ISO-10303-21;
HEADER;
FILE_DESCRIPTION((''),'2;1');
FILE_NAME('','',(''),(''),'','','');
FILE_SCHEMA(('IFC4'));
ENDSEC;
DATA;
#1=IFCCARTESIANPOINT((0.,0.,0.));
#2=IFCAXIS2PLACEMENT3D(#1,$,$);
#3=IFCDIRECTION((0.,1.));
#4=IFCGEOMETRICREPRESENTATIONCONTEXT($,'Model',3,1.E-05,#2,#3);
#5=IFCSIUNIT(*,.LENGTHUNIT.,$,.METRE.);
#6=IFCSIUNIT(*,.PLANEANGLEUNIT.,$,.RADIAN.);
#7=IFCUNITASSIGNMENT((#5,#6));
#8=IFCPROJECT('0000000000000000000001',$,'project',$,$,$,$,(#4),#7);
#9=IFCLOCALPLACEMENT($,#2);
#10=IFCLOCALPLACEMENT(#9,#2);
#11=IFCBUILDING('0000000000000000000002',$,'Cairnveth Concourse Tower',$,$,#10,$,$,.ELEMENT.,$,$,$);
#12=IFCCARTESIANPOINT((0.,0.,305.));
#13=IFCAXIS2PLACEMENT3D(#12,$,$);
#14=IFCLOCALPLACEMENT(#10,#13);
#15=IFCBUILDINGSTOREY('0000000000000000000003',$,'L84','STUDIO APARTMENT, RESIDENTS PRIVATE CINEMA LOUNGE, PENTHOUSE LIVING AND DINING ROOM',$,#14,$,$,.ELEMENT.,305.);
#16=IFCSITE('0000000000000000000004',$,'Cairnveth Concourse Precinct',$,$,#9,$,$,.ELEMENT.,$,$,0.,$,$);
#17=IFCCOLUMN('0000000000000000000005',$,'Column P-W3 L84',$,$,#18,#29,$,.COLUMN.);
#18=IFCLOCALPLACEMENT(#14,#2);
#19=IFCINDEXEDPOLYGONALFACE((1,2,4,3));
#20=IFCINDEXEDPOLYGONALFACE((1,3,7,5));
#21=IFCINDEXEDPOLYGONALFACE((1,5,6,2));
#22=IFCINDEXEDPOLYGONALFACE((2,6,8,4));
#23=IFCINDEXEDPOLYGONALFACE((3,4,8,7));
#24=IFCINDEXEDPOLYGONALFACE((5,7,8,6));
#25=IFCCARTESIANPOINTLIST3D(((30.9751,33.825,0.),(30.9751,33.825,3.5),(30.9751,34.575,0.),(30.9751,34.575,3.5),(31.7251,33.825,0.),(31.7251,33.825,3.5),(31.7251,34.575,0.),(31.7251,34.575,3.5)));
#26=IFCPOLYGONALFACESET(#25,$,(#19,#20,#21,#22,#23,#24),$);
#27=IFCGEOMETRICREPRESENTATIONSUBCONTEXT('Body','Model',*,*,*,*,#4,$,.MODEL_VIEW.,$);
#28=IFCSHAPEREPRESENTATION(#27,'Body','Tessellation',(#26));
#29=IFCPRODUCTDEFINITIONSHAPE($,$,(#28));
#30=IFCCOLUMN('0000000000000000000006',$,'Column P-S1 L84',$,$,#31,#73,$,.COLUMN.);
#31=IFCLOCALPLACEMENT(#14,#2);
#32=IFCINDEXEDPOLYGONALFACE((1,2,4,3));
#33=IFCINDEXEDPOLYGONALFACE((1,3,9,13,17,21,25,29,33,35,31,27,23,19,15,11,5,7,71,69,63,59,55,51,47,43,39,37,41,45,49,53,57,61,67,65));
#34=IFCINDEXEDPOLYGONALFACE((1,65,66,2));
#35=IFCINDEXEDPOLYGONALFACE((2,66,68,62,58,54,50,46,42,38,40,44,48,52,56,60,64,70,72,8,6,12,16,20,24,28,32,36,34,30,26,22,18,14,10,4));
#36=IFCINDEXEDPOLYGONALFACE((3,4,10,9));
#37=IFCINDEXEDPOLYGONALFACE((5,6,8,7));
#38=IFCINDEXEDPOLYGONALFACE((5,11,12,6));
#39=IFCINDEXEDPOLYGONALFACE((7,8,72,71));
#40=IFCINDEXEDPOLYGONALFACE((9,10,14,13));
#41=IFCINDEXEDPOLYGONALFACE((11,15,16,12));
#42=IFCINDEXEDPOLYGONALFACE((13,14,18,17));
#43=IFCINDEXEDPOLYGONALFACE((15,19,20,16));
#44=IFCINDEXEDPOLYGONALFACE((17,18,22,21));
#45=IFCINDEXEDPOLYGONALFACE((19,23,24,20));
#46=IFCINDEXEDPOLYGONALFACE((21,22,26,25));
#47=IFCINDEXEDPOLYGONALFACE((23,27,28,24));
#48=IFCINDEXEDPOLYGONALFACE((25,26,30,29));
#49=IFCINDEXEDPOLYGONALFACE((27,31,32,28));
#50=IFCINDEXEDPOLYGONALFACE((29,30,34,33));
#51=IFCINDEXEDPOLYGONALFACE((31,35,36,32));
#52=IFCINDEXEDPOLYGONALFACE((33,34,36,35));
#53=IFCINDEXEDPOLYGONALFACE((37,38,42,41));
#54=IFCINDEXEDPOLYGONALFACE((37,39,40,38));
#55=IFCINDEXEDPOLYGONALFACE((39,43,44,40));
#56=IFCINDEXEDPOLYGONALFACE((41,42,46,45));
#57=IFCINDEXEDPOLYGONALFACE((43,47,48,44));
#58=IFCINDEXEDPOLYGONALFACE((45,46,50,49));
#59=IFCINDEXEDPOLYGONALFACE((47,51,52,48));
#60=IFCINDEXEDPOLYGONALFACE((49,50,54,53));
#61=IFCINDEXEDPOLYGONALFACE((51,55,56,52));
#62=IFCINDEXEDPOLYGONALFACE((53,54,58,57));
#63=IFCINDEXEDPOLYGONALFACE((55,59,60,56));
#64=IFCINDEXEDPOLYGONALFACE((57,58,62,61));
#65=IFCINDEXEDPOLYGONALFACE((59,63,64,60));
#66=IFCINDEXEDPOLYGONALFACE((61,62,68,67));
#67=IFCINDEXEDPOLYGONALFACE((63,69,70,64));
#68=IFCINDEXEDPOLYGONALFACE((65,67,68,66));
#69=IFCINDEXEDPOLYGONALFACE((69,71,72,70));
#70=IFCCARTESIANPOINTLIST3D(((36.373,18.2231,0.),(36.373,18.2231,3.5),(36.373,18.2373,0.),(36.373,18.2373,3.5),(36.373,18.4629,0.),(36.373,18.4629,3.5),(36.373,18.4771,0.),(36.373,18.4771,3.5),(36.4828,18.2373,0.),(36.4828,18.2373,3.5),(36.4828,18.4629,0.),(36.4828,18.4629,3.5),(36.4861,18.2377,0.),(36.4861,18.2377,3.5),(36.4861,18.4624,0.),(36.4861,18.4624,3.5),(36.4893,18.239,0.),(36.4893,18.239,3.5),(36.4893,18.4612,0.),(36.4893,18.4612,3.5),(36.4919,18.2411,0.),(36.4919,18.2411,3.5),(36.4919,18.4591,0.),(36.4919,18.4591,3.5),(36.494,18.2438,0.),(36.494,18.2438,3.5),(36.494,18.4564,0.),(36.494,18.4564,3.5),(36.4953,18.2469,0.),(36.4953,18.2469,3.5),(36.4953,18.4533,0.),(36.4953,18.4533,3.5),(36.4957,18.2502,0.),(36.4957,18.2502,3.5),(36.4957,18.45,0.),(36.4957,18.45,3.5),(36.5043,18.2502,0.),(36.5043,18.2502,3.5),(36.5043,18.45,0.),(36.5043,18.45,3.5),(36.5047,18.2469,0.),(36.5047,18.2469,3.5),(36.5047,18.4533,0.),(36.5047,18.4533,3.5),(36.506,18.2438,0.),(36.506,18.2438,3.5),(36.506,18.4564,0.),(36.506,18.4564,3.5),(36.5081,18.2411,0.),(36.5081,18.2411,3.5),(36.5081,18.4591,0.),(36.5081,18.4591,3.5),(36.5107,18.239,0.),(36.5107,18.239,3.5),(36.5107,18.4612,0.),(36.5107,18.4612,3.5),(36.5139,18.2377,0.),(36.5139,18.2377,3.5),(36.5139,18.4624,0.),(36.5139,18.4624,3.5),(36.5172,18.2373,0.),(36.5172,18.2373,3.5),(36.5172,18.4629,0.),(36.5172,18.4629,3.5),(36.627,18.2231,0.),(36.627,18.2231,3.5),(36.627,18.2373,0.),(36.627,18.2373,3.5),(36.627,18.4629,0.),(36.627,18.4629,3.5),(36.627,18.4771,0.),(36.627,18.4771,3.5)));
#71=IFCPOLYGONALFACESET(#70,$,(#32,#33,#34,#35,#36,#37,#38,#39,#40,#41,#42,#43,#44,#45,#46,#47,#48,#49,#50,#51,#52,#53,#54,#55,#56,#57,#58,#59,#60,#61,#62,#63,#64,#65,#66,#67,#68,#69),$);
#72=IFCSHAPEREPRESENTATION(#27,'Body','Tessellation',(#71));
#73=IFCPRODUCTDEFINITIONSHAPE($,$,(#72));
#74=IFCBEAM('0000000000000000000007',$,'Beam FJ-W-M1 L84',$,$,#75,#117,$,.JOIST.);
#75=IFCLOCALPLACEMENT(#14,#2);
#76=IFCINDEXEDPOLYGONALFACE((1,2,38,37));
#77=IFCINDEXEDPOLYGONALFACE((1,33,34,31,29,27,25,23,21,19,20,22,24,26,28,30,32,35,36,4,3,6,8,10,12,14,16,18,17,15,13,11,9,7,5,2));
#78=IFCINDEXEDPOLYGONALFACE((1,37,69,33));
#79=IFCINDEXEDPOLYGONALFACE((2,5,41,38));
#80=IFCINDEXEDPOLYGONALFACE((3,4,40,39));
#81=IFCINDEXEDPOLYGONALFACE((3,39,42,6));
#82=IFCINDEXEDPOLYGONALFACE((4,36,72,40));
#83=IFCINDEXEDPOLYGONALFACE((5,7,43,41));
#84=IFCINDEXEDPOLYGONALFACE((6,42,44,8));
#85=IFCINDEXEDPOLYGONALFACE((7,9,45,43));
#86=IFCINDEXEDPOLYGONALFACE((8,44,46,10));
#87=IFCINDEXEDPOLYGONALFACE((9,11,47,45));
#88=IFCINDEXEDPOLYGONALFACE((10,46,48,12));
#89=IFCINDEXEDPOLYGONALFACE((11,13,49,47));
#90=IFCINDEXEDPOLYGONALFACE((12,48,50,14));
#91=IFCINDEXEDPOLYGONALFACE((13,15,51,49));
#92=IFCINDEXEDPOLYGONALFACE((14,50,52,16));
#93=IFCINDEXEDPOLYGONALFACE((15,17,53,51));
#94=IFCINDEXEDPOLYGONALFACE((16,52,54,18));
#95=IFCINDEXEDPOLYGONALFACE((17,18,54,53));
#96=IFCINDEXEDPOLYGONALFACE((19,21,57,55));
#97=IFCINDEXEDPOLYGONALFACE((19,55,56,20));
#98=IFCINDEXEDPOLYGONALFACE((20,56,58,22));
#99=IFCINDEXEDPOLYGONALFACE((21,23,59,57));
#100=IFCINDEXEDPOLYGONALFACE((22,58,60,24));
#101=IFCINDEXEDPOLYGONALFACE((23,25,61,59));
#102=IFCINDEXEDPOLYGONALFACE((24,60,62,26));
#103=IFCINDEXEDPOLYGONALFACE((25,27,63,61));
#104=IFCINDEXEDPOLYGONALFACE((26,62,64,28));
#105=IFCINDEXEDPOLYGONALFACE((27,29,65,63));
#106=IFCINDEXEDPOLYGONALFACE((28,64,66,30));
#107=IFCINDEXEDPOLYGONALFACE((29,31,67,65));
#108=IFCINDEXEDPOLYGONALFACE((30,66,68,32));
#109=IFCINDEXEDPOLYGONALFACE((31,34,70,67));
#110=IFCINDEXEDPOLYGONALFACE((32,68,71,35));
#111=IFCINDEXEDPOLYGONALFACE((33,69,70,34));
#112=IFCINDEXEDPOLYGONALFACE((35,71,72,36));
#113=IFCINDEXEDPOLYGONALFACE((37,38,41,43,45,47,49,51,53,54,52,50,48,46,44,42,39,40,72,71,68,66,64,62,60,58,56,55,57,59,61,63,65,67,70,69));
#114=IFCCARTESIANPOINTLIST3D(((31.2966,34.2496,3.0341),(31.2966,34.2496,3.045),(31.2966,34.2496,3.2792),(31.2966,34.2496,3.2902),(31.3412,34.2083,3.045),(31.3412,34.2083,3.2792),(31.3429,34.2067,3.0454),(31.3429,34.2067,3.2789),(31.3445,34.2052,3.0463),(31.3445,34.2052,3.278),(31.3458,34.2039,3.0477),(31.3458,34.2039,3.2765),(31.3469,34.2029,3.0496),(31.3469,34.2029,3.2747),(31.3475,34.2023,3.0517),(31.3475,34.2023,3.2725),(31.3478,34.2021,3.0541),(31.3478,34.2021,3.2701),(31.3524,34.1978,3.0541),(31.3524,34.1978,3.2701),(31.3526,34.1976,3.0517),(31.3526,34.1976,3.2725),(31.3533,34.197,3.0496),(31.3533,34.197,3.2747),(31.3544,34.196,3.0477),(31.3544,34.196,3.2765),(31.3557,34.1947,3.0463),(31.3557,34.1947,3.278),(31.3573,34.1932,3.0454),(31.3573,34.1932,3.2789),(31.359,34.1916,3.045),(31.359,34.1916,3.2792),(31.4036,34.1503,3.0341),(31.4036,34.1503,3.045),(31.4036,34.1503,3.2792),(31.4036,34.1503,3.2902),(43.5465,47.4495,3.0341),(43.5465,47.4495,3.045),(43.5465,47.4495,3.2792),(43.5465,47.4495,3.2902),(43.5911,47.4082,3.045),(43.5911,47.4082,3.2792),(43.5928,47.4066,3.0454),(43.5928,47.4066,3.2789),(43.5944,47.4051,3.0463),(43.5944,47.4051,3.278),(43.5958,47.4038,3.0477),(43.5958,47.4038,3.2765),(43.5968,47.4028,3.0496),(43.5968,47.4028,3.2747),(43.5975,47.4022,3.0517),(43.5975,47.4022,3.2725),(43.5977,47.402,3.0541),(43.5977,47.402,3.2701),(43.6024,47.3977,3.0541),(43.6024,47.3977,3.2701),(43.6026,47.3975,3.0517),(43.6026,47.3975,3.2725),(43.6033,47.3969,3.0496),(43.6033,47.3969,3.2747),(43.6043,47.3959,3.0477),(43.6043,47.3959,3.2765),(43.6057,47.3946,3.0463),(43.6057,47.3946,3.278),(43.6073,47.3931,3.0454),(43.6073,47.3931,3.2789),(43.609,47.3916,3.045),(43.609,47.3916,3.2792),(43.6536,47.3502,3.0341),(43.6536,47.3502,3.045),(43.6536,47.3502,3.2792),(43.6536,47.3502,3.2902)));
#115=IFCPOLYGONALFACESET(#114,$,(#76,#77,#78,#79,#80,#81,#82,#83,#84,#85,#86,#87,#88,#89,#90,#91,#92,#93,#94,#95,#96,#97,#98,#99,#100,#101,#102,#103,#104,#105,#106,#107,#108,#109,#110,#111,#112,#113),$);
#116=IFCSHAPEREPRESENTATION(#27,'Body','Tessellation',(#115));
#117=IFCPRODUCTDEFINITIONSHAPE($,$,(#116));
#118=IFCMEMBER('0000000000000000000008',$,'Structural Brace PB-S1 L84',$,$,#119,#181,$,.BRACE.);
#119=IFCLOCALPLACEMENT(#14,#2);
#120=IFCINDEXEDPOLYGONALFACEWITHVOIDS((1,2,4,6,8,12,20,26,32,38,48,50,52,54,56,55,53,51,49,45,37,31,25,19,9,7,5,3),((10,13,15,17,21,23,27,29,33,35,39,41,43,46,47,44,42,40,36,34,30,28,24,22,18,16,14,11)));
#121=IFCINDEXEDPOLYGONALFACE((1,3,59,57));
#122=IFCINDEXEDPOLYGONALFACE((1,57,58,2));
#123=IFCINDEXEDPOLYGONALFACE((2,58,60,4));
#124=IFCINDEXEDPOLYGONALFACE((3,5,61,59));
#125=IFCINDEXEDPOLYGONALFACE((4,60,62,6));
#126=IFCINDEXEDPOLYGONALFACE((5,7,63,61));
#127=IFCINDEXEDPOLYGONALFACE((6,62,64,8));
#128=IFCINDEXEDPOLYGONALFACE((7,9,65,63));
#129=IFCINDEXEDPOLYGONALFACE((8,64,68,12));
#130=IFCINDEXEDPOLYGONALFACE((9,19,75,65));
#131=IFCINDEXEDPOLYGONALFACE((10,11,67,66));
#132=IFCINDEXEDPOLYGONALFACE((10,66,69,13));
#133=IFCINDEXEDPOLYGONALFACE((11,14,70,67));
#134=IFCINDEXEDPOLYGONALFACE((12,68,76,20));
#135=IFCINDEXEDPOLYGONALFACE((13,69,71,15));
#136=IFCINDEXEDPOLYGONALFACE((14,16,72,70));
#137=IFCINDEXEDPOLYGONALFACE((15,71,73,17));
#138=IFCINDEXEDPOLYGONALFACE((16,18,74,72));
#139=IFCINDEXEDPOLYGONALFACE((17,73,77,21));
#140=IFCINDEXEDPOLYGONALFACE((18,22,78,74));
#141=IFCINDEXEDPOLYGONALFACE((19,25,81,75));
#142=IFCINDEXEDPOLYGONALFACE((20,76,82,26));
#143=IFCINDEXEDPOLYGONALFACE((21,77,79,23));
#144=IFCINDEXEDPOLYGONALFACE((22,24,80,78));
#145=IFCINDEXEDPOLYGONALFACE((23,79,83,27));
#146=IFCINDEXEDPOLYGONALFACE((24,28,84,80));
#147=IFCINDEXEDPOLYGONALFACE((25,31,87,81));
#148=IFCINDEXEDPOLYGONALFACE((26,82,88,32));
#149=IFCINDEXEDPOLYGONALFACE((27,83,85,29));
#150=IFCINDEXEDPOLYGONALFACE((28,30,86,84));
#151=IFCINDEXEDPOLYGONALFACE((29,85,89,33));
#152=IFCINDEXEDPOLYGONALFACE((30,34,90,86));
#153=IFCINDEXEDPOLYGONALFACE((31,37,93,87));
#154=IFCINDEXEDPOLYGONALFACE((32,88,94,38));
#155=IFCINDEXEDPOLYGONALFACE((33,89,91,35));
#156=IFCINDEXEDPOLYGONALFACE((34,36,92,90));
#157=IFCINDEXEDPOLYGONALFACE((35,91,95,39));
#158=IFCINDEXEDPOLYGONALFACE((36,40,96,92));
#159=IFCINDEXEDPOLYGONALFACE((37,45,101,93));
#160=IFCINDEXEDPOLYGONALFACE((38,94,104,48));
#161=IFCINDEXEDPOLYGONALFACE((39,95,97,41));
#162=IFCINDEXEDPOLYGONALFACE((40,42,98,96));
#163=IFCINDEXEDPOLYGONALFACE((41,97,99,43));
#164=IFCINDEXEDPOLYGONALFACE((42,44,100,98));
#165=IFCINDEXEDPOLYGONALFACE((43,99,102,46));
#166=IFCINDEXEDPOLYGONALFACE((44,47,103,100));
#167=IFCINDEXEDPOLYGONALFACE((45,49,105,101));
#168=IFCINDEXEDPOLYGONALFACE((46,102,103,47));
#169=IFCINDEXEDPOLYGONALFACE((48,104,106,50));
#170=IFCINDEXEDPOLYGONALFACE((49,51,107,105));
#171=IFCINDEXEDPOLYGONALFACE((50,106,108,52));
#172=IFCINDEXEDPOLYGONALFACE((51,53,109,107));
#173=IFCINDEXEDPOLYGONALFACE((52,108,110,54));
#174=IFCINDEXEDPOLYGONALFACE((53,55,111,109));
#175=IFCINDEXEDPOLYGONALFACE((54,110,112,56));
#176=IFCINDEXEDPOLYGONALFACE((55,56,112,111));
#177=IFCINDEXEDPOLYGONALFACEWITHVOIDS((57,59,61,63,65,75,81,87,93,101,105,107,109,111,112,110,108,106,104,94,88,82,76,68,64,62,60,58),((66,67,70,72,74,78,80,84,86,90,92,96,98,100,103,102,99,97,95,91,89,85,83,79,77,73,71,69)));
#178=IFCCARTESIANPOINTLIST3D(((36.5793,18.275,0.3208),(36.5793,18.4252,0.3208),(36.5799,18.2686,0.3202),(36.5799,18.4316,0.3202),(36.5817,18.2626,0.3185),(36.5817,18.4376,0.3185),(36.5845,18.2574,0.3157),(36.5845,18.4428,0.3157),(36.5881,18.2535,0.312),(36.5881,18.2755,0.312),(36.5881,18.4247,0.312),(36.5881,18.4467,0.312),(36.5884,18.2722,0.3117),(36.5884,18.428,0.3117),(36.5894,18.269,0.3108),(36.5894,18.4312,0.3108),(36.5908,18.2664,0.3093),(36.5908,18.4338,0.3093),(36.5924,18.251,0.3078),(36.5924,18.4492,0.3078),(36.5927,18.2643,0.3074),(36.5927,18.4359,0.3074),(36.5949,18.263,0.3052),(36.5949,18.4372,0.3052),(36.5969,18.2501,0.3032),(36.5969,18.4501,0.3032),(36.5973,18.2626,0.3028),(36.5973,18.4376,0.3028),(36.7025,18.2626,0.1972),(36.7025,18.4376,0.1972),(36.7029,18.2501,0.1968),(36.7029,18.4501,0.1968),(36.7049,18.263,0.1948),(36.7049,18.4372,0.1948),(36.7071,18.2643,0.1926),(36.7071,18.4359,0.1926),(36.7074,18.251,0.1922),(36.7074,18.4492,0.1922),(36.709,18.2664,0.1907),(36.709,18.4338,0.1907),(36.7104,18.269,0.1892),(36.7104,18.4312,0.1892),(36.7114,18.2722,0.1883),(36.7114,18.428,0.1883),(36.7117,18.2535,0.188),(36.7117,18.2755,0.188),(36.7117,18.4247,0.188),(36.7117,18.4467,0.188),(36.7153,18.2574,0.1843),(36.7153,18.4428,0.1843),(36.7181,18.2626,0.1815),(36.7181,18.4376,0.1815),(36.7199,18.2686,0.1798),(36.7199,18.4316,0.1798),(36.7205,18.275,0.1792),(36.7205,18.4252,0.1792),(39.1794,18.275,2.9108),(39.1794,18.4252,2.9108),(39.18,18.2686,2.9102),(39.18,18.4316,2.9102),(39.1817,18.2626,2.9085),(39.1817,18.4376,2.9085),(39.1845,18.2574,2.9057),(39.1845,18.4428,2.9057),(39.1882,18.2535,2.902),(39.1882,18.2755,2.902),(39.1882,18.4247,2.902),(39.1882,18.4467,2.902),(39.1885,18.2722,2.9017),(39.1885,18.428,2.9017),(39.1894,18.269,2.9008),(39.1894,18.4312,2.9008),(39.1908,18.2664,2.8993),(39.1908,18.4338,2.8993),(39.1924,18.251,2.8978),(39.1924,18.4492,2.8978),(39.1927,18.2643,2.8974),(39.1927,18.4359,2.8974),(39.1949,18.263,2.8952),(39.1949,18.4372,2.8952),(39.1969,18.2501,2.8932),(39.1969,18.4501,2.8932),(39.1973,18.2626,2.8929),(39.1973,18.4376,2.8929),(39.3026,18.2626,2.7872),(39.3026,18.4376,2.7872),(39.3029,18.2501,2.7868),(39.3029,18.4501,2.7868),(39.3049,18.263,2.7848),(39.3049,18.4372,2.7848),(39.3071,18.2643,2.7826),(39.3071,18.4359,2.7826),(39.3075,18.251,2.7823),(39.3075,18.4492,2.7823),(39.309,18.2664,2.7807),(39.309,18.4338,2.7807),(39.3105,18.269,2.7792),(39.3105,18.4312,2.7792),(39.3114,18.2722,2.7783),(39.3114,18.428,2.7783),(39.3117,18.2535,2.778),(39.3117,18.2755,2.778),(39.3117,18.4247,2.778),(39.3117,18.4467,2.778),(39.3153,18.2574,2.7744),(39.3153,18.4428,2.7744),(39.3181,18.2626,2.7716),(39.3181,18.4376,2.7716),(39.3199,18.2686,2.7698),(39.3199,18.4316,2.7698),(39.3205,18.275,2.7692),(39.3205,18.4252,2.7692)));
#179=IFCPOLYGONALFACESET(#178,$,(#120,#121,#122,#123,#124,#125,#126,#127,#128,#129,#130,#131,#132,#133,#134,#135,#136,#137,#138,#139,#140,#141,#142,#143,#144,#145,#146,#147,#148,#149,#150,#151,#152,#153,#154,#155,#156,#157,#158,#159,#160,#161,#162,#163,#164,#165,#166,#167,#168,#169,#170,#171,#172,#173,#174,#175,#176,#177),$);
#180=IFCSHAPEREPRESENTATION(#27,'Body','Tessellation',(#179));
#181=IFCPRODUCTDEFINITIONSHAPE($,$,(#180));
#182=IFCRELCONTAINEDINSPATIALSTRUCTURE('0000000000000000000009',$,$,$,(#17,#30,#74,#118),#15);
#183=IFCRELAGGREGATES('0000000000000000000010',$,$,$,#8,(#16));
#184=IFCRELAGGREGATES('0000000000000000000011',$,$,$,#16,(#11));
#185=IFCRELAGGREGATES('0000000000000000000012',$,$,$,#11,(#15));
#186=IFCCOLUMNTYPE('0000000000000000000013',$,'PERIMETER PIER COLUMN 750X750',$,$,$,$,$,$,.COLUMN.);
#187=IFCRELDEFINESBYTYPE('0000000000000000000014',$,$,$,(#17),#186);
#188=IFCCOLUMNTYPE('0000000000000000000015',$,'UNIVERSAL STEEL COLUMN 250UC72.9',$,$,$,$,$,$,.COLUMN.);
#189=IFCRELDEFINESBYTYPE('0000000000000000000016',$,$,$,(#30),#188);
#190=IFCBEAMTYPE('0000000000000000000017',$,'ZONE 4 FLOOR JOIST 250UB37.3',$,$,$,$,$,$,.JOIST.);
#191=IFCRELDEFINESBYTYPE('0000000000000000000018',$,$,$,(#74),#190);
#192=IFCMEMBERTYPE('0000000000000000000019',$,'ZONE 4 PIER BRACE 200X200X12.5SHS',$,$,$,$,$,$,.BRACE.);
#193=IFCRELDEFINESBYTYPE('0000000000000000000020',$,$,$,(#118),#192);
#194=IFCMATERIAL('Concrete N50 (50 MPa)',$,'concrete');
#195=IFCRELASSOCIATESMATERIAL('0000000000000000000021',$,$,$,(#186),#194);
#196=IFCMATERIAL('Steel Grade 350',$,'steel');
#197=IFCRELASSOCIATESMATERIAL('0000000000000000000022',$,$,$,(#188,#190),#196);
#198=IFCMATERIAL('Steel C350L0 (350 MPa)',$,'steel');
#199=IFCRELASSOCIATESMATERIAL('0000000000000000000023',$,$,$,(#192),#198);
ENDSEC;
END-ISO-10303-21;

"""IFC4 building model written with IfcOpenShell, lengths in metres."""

from ifc_helpers import new_model, si_unit, direction, frame, origin, origin_2d, place, context, subcontext, project, spatial, rectangle, hollow_rectangle, i_section, extrude, material, material_profile, profile_set, type_object, element, save


model = new_model("IFC4")

# Units and contexts
model_context = context("Model", 3, precision=1e-05, world=origin(), true_north=direction((0.0, 1.0)))
body_context = subcontext(model_context, "Body", "Model", "MODEL_VIEW")
ifc_project = project(units=[si_unit("LENGTHUNIT", "METRE"), si_unit("PLANEANGLEUNIT", "RADIAN")], contexts=[model_context])

# Site, building, storey
site_placement = place(None, origin())
site = spatial("IfcSite", under=ifc_project, at=site_placement, Name="Cairnveth Concourse Precinct", CompositionType="ELEMENT", RefElevation=0.0)
building_placement = place(site_placement, origin())
building = spatial("IfcBuilding", under=site, at=building_placement, Name="Cairnveth Concourse Tower", CompositionType="ELEMENT")
storey_placement = place(building_placement, frame((0.0, 0.0, 305.0)))
storey = spatial("IfcBuildingStorey", under=building, at=storey_placement, Name="L84", Description="STUDIO APARTMENT, RESIDENTS PRIVATE CINEMA LOUNGE, PENTHOUSE LIVING AND DINING ROOM", CompositionType="ELEMENT", Elevation=305.0)

# Columns
ifc_material_1 = material(Name="Concrete N50 (50 MPa)", Category="concrete")
ifc_material_profile_1 = material_profile(ifc_material_1, rectangle(XDim=0.75, YDim=0.75, at=origin_2d()), Name="RC-COL-750x750")
ifc_profile_set_1 = profile_set([ifc_material_profile_1], Name="Concrete N50 (50 MPa)")
column_type_1 = type_object("IfcColumnType", Name="PERIMETER PIER COLUMN 750X750", PredefinedType="COLUMN", material=ifc_profile_set_1)
column_1_placement = place(storey_placement, frame((31.3501, 34.2, 0.0), z_axis=(0.0, 0.0, 1.0), x_axis=(0.0, 1.0, 0.0)))
element("IfcColumn", 1, at=column_1_placement, inside=storey, type_object=column_type_1, Name="Column P-W3 L84", PredefinedType="COLUMN", context=body_context, shape_type="SweptSolid", body=[
    extrude(rectangle(XDim=0.75, YDim=0.75, at=origin_2d()), origin(), (0.0, 0.0, 1.0), 3.5),
])
ifc_material_2 = material(Name="Steel Grade 350", Category="steel")
ifc_material_profile_2 = material_profile(ifc_material_2, i_section(OverallWidth=0.2539, OverallDepth=0.2539, WebThickness=0.0085, FlangeThickness=0.0142, FilletRadius=0.0129, at=origin_2d()), Name="250UC72.9")
ifc_profile_set_2 = profile_set([ifc_material_profile_2], Name="Steel Grade 350")
column_type_2 = type_object("IfcColumnType", Name="UNIVERSAL STEEL COLUMN 250UC72.9", PredefinedType="COLUMN", material=ifc_profile_set_2)
column_2_placement = place(storey_placement, frame((36.5, 18.3501, 0.0), z_axis=(0.0, 0.0, 1.0), x_axis=(1.0, 0.0, 0.0)))
element("IfcColumn", 2, at=column_2_placement, inside=storey, type_object=column_type_2, Name="Column P-S1 L84", PredefinedType="COLUMN", context=body_context, shape_type="SweptSolid", body=[
    extrude(i_section(OverallWidth=0.2539, OverallDepth=0.2539, WebThickness=0.0085, FlangeThickness=0.0142, FilletRadius=0.0129, at=origin_2d()), origin(), (0.0, 0.0, 1.0), 3.5),
])

# Beam
ifc_material_profile_3 = material_profile(ifc_material_2, i_section(OverallWidth=0.146, OverallDepth=0.2561, WebThickness=0.0063, FlangeThickness=0.011, FilletRadius=0.009, at=origin_2d()), Name="250UB37.3")
ifc_profile_set_3 = profile_set([ifc_material_profile_3], Name="Steel Grade 350")
beam_type_1 = type_object("IfcBeamType", Name="ZONE 4 FLOOR JOIST 250UB37.3", PredefinedType="JOIST", material=ifc_profile_set_3)
beam_1_placement = place(storey_placement, frame((31.3501, 34.2, 3.1621), z_axis=(0.680239, 0.73299, 0.0), x_axis=(-0.73299, 0.680239, 0.0)))
element("IfcBeam", 3, at=beam_1_placement, inside=storey, type_object=beam_type_1, Name="Beam FJ-W-M1 L84", PredefinedType="JOIST", context=body_context, shape_type="SweptSolid", body=[
    extrude(i_section(OverallWidth=0.146, OverallDepth=0.2561, WebThickness=0.0063, FlangeThickness=0.011, FilletRadius=0.009, at=origin_2d()), origin(), (0.0, 0.0, 1.0), 18.0083),
])

# Member
ifc_material_3 = material(Name="Steel C350L0 (350 MPa)", Category="steel")
ifc_material_profile_4 = material_profile(ifc_material_3, hollow_rectangle(XDim=0.2, YDim=0.2, WallThickness=0.0125, InnerFilletRadius=0.0129, OuterFilletRadius=0.0249, at=origin_2d()), Name="200x200x12.5SHS")
ifc_profile_set_4 = profile_set([ifc_material_profile_4], Name="Steel C350L0 (350 MPa)")
member_type = type_object("IfcMemberType", Name="ZONE 4 PIER BRACE 200X200X12.5SHS", PredefinedType="BRACE", material=ifc_profile_set_4)
for number, where, z_axis, x_axis, name in (
    (4, (36.6499, 18.3501, 0.25), (0.708469, 0.0, 0.705742), (0.0, 1.0, 0.0), "Structural Brace PB-S1 L84"),
):
    element("IfcMember", number, at=place(storey_placement, frame(where, z_axis=z_axis, x_axis=x_axis)), inside=storey, type_object=member_type, Name=name, PredefinedType="BRACE", context=body_context, shape_type="SweptSolid", body=[
        extrude(hollow_rectangle(XDim=0.2, YDim=0.2, WallThickness=0.0125, InnerFilletRadius=0.0129, OuterFilletRadius=0.0249, at=origin_2d()), origin(), (0.0, 0.0, 1.0), 3.6699),
    ])

save(model, "model.ifc")
